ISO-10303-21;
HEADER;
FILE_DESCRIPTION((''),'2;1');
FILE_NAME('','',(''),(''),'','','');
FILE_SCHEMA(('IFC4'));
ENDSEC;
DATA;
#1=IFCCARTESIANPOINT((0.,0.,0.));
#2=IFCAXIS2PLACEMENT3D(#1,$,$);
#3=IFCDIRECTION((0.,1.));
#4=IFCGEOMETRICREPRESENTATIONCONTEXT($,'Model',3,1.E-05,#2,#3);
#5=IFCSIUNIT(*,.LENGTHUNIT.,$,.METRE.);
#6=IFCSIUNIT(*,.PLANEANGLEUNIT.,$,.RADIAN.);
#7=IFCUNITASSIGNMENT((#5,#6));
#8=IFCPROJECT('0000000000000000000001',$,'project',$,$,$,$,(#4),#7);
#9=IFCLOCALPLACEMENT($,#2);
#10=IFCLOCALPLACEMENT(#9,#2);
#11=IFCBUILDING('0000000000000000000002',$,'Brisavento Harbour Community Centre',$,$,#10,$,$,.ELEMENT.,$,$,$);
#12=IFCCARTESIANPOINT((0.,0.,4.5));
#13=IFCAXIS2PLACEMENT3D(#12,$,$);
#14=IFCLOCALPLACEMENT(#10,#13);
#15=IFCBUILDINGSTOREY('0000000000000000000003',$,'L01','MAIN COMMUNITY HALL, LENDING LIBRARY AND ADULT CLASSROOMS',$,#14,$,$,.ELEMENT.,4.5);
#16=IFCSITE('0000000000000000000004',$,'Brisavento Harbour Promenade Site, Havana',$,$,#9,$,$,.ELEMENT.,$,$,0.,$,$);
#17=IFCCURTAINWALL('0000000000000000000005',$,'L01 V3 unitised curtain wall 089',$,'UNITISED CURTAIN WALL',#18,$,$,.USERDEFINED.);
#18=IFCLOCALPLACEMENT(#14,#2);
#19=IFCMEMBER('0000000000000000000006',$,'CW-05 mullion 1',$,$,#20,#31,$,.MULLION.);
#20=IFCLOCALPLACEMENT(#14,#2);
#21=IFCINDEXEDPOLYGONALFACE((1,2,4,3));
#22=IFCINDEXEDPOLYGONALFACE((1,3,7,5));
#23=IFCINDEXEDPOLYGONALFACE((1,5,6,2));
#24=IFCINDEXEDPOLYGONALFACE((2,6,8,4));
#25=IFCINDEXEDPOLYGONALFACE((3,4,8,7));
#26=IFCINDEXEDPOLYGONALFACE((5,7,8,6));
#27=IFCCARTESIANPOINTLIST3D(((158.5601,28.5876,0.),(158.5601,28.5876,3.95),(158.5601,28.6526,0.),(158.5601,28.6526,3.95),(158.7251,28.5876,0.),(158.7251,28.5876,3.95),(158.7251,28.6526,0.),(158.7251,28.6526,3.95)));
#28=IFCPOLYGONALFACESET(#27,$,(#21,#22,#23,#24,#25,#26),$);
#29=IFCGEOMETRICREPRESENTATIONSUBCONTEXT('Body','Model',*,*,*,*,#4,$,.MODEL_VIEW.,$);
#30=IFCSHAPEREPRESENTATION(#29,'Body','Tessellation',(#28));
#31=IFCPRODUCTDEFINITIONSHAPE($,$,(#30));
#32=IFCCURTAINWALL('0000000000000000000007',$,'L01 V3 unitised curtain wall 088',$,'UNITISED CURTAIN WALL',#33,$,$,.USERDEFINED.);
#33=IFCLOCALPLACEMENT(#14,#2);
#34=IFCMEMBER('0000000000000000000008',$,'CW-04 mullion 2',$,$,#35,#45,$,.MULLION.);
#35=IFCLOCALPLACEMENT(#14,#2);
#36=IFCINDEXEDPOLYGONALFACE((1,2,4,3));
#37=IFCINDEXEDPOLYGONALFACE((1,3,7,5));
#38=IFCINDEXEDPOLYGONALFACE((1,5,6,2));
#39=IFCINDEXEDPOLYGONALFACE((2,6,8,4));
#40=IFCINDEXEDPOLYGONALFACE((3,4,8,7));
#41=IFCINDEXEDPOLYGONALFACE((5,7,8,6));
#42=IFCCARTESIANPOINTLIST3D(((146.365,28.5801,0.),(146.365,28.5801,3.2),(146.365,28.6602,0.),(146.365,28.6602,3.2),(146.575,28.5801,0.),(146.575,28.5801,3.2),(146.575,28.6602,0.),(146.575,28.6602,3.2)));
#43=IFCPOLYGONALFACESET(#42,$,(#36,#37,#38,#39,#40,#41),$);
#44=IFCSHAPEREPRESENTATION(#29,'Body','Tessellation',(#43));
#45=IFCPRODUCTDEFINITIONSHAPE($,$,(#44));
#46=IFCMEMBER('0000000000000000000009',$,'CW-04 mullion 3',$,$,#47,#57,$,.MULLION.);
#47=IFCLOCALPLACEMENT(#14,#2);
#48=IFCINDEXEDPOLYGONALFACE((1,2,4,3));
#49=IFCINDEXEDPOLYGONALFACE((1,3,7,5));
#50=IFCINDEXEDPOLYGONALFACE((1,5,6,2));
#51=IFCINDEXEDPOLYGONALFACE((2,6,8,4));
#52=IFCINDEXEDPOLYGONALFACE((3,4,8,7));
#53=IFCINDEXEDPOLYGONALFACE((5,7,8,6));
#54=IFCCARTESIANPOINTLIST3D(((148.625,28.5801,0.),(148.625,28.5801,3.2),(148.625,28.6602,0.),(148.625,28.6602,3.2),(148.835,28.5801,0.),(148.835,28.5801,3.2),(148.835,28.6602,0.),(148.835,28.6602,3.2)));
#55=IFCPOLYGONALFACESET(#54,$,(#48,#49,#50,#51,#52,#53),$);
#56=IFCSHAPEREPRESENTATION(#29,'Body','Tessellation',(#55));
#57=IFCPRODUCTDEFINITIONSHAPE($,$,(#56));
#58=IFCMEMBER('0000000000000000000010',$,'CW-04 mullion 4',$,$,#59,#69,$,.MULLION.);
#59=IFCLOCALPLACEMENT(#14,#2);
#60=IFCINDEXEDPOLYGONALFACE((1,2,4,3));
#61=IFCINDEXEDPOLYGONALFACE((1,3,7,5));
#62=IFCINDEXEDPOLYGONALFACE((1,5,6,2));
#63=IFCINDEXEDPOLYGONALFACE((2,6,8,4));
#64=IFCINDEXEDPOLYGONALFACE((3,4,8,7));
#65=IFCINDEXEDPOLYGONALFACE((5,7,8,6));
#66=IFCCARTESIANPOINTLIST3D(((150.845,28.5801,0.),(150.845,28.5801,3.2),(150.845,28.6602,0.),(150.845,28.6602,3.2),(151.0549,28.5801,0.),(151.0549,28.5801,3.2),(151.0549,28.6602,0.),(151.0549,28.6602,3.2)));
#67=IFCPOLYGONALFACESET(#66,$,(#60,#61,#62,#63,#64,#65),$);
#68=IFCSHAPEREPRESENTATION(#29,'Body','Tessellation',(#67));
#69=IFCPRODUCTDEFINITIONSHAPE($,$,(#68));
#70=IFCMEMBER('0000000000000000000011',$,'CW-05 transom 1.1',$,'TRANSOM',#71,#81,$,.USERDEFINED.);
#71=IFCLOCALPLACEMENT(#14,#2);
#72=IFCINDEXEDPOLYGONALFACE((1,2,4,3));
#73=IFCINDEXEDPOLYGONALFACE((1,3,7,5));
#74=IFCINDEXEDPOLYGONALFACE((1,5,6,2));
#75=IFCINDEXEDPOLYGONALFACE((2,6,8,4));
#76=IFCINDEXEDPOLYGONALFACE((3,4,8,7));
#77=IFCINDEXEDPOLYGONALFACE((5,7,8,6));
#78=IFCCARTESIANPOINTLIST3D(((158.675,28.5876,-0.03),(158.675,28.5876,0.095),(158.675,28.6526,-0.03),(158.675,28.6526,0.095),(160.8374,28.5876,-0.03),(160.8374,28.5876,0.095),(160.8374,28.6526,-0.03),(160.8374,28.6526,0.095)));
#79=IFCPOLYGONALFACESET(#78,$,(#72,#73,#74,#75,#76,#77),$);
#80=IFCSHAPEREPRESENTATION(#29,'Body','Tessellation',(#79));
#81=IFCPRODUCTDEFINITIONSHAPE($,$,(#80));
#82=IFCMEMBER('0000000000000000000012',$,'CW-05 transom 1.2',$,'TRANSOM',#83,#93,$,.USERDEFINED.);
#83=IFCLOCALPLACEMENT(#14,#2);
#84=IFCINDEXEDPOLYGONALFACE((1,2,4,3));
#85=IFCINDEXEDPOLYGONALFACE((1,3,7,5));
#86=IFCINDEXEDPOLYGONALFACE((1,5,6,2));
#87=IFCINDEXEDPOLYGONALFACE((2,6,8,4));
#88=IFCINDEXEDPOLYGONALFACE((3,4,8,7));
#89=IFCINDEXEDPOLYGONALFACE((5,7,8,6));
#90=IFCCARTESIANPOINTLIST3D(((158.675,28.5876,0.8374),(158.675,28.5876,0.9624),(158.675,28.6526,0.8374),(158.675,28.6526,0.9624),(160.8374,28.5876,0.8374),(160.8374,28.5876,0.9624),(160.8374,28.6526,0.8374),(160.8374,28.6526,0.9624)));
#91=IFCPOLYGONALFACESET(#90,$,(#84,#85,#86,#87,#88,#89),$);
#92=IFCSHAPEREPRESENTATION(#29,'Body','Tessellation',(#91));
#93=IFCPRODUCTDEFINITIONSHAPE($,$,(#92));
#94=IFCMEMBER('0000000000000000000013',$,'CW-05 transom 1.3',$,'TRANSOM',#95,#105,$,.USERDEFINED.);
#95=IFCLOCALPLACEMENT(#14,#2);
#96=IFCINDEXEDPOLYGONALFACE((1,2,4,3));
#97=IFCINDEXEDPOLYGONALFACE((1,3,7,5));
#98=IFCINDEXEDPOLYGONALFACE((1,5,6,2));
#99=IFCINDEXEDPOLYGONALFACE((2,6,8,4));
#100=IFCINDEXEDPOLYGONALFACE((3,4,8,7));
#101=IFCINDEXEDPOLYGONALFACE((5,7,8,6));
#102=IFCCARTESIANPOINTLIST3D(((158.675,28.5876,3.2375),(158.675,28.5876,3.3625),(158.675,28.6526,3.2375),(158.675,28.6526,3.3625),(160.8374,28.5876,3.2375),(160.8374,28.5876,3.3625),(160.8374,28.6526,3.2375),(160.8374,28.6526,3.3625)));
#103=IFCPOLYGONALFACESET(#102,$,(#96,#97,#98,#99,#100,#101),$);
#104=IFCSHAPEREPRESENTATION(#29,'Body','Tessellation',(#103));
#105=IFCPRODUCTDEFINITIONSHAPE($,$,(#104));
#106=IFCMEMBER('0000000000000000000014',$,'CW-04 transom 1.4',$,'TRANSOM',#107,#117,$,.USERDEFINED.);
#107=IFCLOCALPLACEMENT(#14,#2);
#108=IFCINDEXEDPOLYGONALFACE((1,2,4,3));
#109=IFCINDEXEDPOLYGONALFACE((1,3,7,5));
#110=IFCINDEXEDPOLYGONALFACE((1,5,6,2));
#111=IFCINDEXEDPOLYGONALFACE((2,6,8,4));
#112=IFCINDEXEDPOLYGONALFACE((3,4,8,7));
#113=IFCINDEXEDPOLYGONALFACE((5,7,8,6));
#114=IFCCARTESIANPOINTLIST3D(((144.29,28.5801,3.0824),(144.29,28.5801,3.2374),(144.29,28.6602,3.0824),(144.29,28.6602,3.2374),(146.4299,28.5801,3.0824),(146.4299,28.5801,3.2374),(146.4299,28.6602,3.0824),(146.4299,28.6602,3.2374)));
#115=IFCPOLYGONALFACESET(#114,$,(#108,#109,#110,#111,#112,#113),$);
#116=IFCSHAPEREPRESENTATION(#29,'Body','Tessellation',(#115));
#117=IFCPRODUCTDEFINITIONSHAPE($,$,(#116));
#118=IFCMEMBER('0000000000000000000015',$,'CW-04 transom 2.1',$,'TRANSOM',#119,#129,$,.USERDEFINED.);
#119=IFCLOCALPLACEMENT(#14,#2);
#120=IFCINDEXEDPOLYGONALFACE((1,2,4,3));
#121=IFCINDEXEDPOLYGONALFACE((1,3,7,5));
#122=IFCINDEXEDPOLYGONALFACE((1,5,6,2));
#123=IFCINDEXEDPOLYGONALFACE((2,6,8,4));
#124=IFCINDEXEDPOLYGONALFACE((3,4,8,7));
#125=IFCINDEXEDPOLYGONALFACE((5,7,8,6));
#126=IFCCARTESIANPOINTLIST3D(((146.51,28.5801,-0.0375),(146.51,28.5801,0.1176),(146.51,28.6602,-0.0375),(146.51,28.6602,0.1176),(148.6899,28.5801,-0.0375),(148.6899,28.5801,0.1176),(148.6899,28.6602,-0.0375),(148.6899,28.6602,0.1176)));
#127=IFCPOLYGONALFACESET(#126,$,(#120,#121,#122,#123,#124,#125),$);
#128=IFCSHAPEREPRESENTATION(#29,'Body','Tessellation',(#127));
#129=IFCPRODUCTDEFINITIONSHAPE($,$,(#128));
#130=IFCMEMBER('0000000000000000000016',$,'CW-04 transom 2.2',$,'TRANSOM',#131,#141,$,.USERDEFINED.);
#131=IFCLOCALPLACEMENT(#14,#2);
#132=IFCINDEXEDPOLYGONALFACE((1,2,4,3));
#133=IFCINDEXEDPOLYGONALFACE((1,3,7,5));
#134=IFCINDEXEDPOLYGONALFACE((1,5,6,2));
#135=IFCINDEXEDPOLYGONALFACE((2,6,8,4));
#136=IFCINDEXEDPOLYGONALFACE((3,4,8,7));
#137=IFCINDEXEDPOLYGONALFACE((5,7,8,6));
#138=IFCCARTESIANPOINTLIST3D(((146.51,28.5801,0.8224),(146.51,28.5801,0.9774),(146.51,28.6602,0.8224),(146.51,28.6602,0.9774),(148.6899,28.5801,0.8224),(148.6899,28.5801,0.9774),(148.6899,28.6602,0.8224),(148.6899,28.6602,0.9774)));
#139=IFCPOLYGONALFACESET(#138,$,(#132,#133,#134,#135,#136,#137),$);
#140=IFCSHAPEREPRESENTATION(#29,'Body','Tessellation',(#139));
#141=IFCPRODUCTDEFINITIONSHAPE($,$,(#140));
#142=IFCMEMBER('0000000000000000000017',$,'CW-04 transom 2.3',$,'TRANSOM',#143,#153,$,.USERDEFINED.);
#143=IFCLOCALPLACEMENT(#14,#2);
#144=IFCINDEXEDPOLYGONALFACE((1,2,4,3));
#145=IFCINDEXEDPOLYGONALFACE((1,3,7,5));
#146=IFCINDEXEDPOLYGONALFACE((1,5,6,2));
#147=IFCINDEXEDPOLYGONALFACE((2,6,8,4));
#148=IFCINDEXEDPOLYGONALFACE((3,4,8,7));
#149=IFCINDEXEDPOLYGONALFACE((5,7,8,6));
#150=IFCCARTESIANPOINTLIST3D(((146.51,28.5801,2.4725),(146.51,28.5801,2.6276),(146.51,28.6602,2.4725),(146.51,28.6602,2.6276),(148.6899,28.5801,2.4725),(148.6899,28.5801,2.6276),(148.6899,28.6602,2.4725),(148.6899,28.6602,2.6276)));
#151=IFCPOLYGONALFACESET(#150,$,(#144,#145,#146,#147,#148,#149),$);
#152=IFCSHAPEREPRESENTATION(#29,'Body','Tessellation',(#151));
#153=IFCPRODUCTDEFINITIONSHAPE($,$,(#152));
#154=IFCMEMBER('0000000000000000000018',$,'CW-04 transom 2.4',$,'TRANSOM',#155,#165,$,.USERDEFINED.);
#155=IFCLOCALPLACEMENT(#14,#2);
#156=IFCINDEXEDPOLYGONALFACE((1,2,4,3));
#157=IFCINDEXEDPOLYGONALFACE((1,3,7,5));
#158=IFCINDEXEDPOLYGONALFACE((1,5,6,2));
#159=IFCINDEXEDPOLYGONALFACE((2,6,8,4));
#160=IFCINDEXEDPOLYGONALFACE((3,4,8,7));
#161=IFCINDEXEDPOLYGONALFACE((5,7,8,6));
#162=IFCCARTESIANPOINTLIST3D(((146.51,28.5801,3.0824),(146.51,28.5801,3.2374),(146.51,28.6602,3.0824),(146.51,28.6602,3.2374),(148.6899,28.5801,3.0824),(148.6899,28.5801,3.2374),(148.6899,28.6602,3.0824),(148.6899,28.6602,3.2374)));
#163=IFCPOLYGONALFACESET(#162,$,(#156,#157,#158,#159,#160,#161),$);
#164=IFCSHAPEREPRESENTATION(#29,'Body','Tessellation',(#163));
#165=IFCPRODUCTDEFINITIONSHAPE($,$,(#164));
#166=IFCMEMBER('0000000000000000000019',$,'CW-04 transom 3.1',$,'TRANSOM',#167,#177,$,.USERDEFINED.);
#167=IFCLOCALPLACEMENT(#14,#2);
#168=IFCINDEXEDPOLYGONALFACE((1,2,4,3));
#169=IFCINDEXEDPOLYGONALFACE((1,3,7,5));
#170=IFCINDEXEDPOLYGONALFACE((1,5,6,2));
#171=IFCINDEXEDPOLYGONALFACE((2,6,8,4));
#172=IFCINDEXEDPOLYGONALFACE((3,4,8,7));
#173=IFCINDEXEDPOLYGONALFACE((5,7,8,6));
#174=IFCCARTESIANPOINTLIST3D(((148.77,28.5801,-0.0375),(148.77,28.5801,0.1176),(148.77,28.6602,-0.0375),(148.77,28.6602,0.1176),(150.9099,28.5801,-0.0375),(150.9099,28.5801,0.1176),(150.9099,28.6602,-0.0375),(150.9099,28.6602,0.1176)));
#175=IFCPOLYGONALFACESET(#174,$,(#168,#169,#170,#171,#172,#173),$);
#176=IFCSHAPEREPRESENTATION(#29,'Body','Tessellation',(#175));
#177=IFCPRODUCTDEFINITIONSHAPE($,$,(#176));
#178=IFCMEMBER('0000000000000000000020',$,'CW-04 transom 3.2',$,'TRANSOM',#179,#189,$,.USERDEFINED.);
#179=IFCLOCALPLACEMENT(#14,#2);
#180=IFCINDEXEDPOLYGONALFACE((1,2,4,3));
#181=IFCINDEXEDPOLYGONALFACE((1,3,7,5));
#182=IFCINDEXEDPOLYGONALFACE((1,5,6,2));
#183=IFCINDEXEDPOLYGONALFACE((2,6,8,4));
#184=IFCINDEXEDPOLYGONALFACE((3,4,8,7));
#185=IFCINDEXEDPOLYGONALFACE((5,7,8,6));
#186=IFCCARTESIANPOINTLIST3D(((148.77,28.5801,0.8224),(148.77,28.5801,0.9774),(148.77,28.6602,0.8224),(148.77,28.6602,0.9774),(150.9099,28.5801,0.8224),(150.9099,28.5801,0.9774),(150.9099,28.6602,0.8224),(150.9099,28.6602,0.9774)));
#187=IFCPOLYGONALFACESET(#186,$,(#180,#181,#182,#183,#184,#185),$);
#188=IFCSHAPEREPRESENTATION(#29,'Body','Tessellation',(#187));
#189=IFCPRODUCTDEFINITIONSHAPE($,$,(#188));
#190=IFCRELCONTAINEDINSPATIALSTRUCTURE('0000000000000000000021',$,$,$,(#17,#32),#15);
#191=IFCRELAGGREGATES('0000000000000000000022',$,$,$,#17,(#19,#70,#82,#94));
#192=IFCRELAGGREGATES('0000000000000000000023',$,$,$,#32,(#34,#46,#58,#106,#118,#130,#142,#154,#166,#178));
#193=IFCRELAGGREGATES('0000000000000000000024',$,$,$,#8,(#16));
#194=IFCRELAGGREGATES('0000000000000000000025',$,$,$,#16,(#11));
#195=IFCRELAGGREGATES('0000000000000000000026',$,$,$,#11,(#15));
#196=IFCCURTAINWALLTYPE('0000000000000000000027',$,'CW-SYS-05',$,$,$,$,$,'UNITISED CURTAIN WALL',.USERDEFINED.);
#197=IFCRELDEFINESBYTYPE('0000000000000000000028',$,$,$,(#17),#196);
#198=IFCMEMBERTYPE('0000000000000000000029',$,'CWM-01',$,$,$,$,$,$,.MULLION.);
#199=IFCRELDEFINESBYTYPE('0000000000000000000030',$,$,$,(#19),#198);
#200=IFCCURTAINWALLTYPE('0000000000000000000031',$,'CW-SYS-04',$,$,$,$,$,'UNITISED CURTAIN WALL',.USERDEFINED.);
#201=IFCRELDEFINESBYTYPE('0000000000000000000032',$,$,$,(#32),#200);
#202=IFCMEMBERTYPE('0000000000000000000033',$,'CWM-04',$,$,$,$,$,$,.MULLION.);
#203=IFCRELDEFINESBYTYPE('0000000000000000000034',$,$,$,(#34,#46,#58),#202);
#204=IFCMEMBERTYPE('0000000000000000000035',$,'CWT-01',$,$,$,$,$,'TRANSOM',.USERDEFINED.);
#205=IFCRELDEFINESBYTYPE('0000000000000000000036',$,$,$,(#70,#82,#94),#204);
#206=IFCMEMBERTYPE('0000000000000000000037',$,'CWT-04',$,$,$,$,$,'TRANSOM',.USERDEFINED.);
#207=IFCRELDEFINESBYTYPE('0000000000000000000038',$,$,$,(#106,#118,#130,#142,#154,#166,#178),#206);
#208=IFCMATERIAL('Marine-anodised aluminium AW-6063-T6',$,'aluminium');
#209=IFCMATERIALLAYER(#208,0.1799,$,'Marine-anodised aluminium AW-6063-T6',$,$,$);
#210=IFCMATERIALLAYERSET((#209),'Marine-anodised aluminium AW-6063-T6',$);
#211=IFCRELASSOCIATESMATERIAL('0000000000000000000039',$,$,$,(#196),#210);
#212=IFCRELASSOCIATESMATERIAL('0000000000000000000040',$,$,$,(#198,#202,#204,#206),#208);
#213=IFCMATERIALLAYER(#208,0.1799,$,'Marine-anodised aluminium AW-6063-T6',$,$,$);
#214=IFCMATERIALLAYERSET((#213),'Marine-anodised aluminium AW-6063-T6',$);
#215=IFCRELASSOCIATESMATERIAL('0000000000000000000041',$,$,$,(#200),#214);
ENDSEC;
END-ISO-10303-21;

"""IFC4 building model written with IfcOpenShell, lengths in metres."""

from ifc_helpers import new_model, si_unit, direction, frame, origin, origin_2d, place, context, subcontext, project, spatial, rectangle, extrude, material, layer, layer_set, material_profile, profile_set, type_object, element, aggregate, save


model = new_model("IFC4")

# Units and contexts
model_context = context("Model", 3, precision=1e-05, world=origin(), true_north=direction((0.0, 1.0)))
body_context = subcontext(model_context, "Body", "Model", "MODEL_VIEW")
ifc_project = project(units=[si_unit("LENGTHUNIT", "METRE"), si_unit("PLANEANGLEUNIT", "RADIAN")], contexts=[model_context])

# Site, building, storey
site_placement = place(None, origin())
site = spatial("IfcSite", under=ifc_project, at=site_placement, Name="Brisavento Harbour Promenade Site, Havana", CompositionType="ELEMENT", RefElevation=0.0)
building_placement = place(site_placement, origin())
building = spatial("IfcBuilding", under=site, at=building_placement, Name="Brisavento Harbour Community Centre", CompositionType="ELEMENT")
storey_placement = place(building_placement, frame((0.0, 0.0, 4.5)))
storey = spatial("IfcBuildingStorey", under=building, at=storey_placement, Name="L01", Description="MAIN COMMUNITY HALL, LENDING LIBRARY AND ADULT CLASSROOMS", CompositionType="ELEMENT", Elevation=4.5)

# Curtain wall, member
ifc_material_1 = material(Name="Marine-anodised aluminium AW-6063-T6", Category="aluminium")
ifc_layer_1 = layer(ifc_material_1, 0.1799, Name="Marine-anodised aluminium AW-6063-T6")
ifc_layer_set_1 = layer_set([ifc_layer_1], Name="Marine-anodised aluminium AW-6063-T6")
curtain_wall_type_1 = type_object("IfcCurtainWallType", Name="CW-SYS-05", ElementType="UNITISED CURTAIN WALL", PredefinedType="USERDEFINED", material=ifc_layer_set_1)
curtain_wall_1_placement = place(storey_placement, origin())
curtain_wall_1 = element("IfcCurtainWall", 1, at=curtain_wall_1_placement, inside=storey, type_object=curtain_wall_type_1, Name="L01 V3 unitised curtain wall 089", ObjectType="UNITISED CURTAIN WALL", PredefinedType="USERDEFINED")
ifc_material_profile_1 = material_profile(ifc_material_1, rectangle(XDim=0.0649, YDim=0.165, at=origin_2d()), Name="Marine-anodised aluminium AW-6063-T6")
ifc_profile_set_1 = profile_set([ifc_material_profile_1], Name="Marine-anodised aluminium AW-6063-T6")
member_type_1 = type_object("IfcMemberType", Name="CWM-01", PredefinedType="MULLION", material=ifc_profile_set_1)
member_1_placement = place(storey_placement, frame((158.6426, 28.6201, 0.0), z_axis=(0.0, 0.0, 1.0), x_axis=(0.0, 1.0, 0.0)))
member_1 = element("IfcMember", 2, at=member_1_placement, type_object=member_type_1, Name="CW-05 mullion 1", PredefinedType="MULLION", context=body_context, shape_type="SweptSolid", body=[
    extrude(rectangle(XDim=0.0649, YDim=0.165, at=origin_2d()), origin(), (0.0, 0.0, 1.0), 3.95),
])

# Curtain wall, members
ifc_layer_2 = layer(ifc_material_1, 0.1799, Name="Marine-anodised aluminium AW-6063-T6")
ifc_layer_set_2 = layer_set([ifc_layer_2], Name="Marine-anodised aluminium AW-6063-T6")
curtain_wall_type_2 = type_object("IfcCurtainWallType", Name="CW-SYS-04", ElementType="UNITISED CURTAIN WALL", PredefinedType="USERDEFINED", material=ifc_layer_set_2)
curtain_wall_2_placement = place(storey_placement, origin())
curtain_wall_2 = element("IfcCurtainWall", 3, at=curtain_wall_2_placement, inside=storey, type_object=curtain_wall_type_2, Name="L01 V3 unitised curtain wall 088", ObjectType="UNITISED CURTAIN WALL", PredefinedType="USERDEFINED")
ifc_material_profile_2 = material_profile(ifc_material_1, rectangle(XDim=0.0801, YDim=0.21, at=origin_2d()), Name="Marine-anodised aluminium AW-6063-T6")
ifc_profile_set_2 = profile_set([ifc_material_profile_2], Name="Marine-anodised aluminium AW-6063-T6")
member_type_2 = type_object("IfcMemberType", Name="CWM-04", PredefinedType="MULLION", material=ifc_profile_set_2)
member_2_placement = place(storey_placement, frame((146.47, 28.6201, 0.0), z_axis=(0.0, 0.0, 1.0), x_axis=(0.0, 1.0, 0.0)))
member_2 = element("IfcMember", 4, at=member_2_placement, type_object=member_type_2, Name="CW-04 mullion 2", PredefinedType="MULLION", context=body_context, shape_type="SweptSolid", body=[
    extrude(rectangle(XDim=0.0801, YDim=0.21, at=origin_2d()), origin(), (0.0, 0.0, 1.0), 3.2),
])
member_3_placement = place(storey_placement, frame((148.73, 28.6201, 0.0), z_axis=(0.0, 0.0, 1.0), x_axis=(0.0, 1.0, 0.0)))
member_3 = element("IfcMember", 5, at=member_3_placement, type_object=member_type_2, Name="CW-04 mullion 3", PredefinedType="MULLION", context=body_context, shape_type="SweptSolid", body=[
    extrude(rectangle(XDim=0.0801, YDim=0.21, at=origin_2d()), origin(), (0.0, 0.0, 1.0), 3.2),
])
member_4_placement = place(storey_placement, frame((150.95, 28.6201, 0.0), z_axis=(0.0, 0.0, 1.0), x_axis=(0.0, 1.0, 0.0)))
member_4 = element("IfcMember", 6, at=member_4_placement, type_object=member_type_2, Name="CW-04 mullion 4", PredefinedType="MULLION", context=body_context, shape_type="SweptSolid", body=[
    extrude(rectangle(XDim=0.0801, YDim=0.21, at=origin_2d()), origin(), (0.0, 0.0, 1.0), 3.2),
])

# Members
ifc_material_profile_3 = material_profile(ifc_material_1, rectangle(XDim=0.0649, YDim=0.125, at=origin_2d()), Name="Marine-anodised aluminium AW-6063-T6")
ifc_profile_set_3 = profile_set([ifc_material_profile_3], Name="Marine-anodised aluminium AW-6063-T6")
member_type_3 = type_object("IfcMemberType", Name="CWT-01", ElementType="TRANSOM", PredefinedType="USERDEFINED", material=ifc_profile_set_3)
member_5_placement = place(storey_placement, frame((158.675, 28.6201, 0.0325), z_axis=(1.0, 0.0, 0.0), x_axis=(0.0, 1.0, 0.0)))
member_5 = element("IfcMember", 7, at=member_5_placement, type_object=member_type_3, Name="CW-05 transom 1.1", ObjectType="TRANSOM", PredefinedType="USERDEFINED", context=body_context, shape_type="SweptSolid", body=[
    extrude(rectangle(XDim=0.0649, YDim=0.125, at=origin_2d()), origin(), (0.0, 0.0, 1.0), 2.1624),
])
member_6_placement = place(storey_placement, frame((158.675, 28.6201, 0.8999), z_axis=(1.0, 0.0, 0.0), x_axis=(0.0, 1.0, 0.0)))
member_6 = element("IfcMember", 8, at=member_6_placement, type_object=member_type_3, Name="CW-05 transom 1.2", ObjectType="TRANSOM", PredefinedType="USERDEFINED", context=body_context, shape_type="SweptSolid", body=[
    extrude(rectangle(XDim=0.0649, YDim=0.125, at=origin_2d()), origin(), (0.0, 0.0, 1.0), 2.1624),
])
member_7_placement = place(storey_placement, frame((158.675, 28.6201, 3.3), z_axis=(1.0, 0.0, 0.0), x_axis=(0.0, 1.0, 0.0)))
member_7 = element("IfcMember", 9, at=member_7_placement, type_object=member_type_3, Name="CW-05 transom 1.3", ObjectType="TRANSOM", PredefinedType="USERDEFINED", context=body_context, shape_type="SweptSolid", body=[
    extrude(rectangle(XDim=0.0649, YDim=0.125, at=origin_2d()), origin(), (0.0, 0.0, 1.0), 2.1624),
])
aggregate(curtain_wall_1, [member_1, member_5, member_6, member_7])
ifc_material_profile_4 = material_profile(ifc_material_1, rectangle(XDim=0.0801, YDim=0.155, at=origin_2d()), Name="Marine-anodised aluminium AW-6063-T6")
ifc_profile_set_4 = profile_set([ifc_material_profile_4], Name="Marine-anodised aluminium AW-6063-T6")
member_type_4 = type_object("IfcMemberType", Name="CWT-04", ElementType="TRANSOM", PredefinedType="USERDEFINED", material=ifc_profile_set_4)
member_8_placement = place(storey_placement, frame((144.29, 28.6201, 3.1599), z_axis=(1.0, 0.0, 0.0), x_axis=(0.0, 1.0, 0.0)))
member_8 = element("IfcMember", 10, at=member_8_placement, type_object=member_type_4, Name="CW-04 transom 1.4", ObjectType="TRANSOM", PredefinedType="USERDEFINED", context=body_context, shape_type="SweptSolid", body=[
    extrude(rectangle(XDim=0.0801, YDim=0.155, at=origin_2d()), origin(), (0.0, 0.0, 1.0), 2.1399),
])
member_9_placement = place(storey_placement, frame((146.51, 28.6201, 0.04), z_axis=(1.0, 0.0, 0.0), x_axis=(0.0, 1.0, 0.0)))
member_9 = element("IfcMember", 11, at=member_9_placement, type_object=member_type_4, Name="CW-04 transom 2.1", ObjectType="TRANSOM", PredefinedType="USERDEFINED", context=body_context, shape_type="SweptSolid", body=[
    extrude(rectangle(XDim=0.0801, YDim=0.155, at=origin_2d()), origin(), (0.0, 0.0, 1.0), 2.1799),
])
member_10_placement = place(storey_placement, frame((146.51, 28.6201, 0.8999), z_axis=(1.0, 0.0, 0.0), x_axis=(0.0, 1.0, 0.0)))
member_10 = element("IfcMember", 12, at=member_10_placement, type_object=member_type_4, Name="CW-04 transom 2.2", ObjectType="TRANSOM", PredefinedType="USERDEFINED", context=body_context, shape_type="SweptSolid", body=[
    extrude(rectangle(XDim=0.0801, YDim=0.155, at=origin_2d()), origin(), (0.0, 0.0, 1.0), 2.1799),
])
member_11_placement = place(storey_placement, frame((146.51, 28.6201, 2.55), z_axis=(1.0, 0.0, 0.0), x_axis=(0.0, 1.0, 0.0)))
member_11 = element("IfcMember", 13, at=member_11_placement, type_object=member_type_4, Name="CW-04 transom 2.3", ObjectType="TRANSOM", PredefinedType="USERDEFINED", context=body_context, shape_type="SweptSolid", body=[
    extrude(rectangle(XDim=0.0801, YDim=0.155, at=origin_2d()), origin(), (0.0, 0.0, 1.0), 2.1799),
])
member_12_placement = place(storey_placement, frame((146.51, 28.6201, 3.1599), z_axis=(1.0, 0.0, 0.0), x_axis=(0.0, 1.0, 0.0)))
member_12 = element("IfcMember", 14, at=member_12_placement, type_object=member_type_4, Name="CW-04 transom 2.4", ObjectType="TRANSOM", PredefinedType="USERDEFINED", context=body_context, shape_type="SweptSolid", body=[
    extrude(rectangle(XDim=0.0801, YDim=0.155, at=origin_2d()), origin(), (0.0, 0.0, 1.0), 2.1799),
])
member_13_placement = place(storey_placement, frame((148.77, 28.6201, 0.04), z_axis=(1.0, 0.0, 0.0), x_axis=(0.0, 1.0, 0.0)))
member_13 = element("IfcMember", 15, at=member_13_placement, type_object=member_type_4, Name="CW-04 transom 3.1", ObjectType="TRANSOM", PredefinedType="USERDEFINED", context=body_context, shape_type="SweptSolid", body=[
    extrude(rectangle(XDim=0.0801, YDim=0.155, at=origin_2d()), origin(), (0.0, 0.0, 1.0), 2.1399),
])
member_14_placement = place(storey_placement, frame((148.77, 28.6201, 0.8999), z_axis=(1.0, 0.0, 0.0), x_axis=(0.0, 1.0, 0.0)))
member_14 = element("IfcMember", 16, at=member_14_placement, type_object=member_type_4, Name="CW-04 transom 3.2", ObjectType="TRANSOM", PredefinedType="USERDEFINED", context=body_context, shape_type="SweptSolid", body=[
    extrude(rectangle(XDim=0.0801, YDim=0.155, at=origin_2d()), origin(), (0.0, 0.0, 1.0), 2.1399),
])

aggregate(curtain_wall_2, [member_2, member_3, member_4, member_8, member_9, member_10, member_11, member_12, member_13, member_14])

save(model, "model.ifc")
